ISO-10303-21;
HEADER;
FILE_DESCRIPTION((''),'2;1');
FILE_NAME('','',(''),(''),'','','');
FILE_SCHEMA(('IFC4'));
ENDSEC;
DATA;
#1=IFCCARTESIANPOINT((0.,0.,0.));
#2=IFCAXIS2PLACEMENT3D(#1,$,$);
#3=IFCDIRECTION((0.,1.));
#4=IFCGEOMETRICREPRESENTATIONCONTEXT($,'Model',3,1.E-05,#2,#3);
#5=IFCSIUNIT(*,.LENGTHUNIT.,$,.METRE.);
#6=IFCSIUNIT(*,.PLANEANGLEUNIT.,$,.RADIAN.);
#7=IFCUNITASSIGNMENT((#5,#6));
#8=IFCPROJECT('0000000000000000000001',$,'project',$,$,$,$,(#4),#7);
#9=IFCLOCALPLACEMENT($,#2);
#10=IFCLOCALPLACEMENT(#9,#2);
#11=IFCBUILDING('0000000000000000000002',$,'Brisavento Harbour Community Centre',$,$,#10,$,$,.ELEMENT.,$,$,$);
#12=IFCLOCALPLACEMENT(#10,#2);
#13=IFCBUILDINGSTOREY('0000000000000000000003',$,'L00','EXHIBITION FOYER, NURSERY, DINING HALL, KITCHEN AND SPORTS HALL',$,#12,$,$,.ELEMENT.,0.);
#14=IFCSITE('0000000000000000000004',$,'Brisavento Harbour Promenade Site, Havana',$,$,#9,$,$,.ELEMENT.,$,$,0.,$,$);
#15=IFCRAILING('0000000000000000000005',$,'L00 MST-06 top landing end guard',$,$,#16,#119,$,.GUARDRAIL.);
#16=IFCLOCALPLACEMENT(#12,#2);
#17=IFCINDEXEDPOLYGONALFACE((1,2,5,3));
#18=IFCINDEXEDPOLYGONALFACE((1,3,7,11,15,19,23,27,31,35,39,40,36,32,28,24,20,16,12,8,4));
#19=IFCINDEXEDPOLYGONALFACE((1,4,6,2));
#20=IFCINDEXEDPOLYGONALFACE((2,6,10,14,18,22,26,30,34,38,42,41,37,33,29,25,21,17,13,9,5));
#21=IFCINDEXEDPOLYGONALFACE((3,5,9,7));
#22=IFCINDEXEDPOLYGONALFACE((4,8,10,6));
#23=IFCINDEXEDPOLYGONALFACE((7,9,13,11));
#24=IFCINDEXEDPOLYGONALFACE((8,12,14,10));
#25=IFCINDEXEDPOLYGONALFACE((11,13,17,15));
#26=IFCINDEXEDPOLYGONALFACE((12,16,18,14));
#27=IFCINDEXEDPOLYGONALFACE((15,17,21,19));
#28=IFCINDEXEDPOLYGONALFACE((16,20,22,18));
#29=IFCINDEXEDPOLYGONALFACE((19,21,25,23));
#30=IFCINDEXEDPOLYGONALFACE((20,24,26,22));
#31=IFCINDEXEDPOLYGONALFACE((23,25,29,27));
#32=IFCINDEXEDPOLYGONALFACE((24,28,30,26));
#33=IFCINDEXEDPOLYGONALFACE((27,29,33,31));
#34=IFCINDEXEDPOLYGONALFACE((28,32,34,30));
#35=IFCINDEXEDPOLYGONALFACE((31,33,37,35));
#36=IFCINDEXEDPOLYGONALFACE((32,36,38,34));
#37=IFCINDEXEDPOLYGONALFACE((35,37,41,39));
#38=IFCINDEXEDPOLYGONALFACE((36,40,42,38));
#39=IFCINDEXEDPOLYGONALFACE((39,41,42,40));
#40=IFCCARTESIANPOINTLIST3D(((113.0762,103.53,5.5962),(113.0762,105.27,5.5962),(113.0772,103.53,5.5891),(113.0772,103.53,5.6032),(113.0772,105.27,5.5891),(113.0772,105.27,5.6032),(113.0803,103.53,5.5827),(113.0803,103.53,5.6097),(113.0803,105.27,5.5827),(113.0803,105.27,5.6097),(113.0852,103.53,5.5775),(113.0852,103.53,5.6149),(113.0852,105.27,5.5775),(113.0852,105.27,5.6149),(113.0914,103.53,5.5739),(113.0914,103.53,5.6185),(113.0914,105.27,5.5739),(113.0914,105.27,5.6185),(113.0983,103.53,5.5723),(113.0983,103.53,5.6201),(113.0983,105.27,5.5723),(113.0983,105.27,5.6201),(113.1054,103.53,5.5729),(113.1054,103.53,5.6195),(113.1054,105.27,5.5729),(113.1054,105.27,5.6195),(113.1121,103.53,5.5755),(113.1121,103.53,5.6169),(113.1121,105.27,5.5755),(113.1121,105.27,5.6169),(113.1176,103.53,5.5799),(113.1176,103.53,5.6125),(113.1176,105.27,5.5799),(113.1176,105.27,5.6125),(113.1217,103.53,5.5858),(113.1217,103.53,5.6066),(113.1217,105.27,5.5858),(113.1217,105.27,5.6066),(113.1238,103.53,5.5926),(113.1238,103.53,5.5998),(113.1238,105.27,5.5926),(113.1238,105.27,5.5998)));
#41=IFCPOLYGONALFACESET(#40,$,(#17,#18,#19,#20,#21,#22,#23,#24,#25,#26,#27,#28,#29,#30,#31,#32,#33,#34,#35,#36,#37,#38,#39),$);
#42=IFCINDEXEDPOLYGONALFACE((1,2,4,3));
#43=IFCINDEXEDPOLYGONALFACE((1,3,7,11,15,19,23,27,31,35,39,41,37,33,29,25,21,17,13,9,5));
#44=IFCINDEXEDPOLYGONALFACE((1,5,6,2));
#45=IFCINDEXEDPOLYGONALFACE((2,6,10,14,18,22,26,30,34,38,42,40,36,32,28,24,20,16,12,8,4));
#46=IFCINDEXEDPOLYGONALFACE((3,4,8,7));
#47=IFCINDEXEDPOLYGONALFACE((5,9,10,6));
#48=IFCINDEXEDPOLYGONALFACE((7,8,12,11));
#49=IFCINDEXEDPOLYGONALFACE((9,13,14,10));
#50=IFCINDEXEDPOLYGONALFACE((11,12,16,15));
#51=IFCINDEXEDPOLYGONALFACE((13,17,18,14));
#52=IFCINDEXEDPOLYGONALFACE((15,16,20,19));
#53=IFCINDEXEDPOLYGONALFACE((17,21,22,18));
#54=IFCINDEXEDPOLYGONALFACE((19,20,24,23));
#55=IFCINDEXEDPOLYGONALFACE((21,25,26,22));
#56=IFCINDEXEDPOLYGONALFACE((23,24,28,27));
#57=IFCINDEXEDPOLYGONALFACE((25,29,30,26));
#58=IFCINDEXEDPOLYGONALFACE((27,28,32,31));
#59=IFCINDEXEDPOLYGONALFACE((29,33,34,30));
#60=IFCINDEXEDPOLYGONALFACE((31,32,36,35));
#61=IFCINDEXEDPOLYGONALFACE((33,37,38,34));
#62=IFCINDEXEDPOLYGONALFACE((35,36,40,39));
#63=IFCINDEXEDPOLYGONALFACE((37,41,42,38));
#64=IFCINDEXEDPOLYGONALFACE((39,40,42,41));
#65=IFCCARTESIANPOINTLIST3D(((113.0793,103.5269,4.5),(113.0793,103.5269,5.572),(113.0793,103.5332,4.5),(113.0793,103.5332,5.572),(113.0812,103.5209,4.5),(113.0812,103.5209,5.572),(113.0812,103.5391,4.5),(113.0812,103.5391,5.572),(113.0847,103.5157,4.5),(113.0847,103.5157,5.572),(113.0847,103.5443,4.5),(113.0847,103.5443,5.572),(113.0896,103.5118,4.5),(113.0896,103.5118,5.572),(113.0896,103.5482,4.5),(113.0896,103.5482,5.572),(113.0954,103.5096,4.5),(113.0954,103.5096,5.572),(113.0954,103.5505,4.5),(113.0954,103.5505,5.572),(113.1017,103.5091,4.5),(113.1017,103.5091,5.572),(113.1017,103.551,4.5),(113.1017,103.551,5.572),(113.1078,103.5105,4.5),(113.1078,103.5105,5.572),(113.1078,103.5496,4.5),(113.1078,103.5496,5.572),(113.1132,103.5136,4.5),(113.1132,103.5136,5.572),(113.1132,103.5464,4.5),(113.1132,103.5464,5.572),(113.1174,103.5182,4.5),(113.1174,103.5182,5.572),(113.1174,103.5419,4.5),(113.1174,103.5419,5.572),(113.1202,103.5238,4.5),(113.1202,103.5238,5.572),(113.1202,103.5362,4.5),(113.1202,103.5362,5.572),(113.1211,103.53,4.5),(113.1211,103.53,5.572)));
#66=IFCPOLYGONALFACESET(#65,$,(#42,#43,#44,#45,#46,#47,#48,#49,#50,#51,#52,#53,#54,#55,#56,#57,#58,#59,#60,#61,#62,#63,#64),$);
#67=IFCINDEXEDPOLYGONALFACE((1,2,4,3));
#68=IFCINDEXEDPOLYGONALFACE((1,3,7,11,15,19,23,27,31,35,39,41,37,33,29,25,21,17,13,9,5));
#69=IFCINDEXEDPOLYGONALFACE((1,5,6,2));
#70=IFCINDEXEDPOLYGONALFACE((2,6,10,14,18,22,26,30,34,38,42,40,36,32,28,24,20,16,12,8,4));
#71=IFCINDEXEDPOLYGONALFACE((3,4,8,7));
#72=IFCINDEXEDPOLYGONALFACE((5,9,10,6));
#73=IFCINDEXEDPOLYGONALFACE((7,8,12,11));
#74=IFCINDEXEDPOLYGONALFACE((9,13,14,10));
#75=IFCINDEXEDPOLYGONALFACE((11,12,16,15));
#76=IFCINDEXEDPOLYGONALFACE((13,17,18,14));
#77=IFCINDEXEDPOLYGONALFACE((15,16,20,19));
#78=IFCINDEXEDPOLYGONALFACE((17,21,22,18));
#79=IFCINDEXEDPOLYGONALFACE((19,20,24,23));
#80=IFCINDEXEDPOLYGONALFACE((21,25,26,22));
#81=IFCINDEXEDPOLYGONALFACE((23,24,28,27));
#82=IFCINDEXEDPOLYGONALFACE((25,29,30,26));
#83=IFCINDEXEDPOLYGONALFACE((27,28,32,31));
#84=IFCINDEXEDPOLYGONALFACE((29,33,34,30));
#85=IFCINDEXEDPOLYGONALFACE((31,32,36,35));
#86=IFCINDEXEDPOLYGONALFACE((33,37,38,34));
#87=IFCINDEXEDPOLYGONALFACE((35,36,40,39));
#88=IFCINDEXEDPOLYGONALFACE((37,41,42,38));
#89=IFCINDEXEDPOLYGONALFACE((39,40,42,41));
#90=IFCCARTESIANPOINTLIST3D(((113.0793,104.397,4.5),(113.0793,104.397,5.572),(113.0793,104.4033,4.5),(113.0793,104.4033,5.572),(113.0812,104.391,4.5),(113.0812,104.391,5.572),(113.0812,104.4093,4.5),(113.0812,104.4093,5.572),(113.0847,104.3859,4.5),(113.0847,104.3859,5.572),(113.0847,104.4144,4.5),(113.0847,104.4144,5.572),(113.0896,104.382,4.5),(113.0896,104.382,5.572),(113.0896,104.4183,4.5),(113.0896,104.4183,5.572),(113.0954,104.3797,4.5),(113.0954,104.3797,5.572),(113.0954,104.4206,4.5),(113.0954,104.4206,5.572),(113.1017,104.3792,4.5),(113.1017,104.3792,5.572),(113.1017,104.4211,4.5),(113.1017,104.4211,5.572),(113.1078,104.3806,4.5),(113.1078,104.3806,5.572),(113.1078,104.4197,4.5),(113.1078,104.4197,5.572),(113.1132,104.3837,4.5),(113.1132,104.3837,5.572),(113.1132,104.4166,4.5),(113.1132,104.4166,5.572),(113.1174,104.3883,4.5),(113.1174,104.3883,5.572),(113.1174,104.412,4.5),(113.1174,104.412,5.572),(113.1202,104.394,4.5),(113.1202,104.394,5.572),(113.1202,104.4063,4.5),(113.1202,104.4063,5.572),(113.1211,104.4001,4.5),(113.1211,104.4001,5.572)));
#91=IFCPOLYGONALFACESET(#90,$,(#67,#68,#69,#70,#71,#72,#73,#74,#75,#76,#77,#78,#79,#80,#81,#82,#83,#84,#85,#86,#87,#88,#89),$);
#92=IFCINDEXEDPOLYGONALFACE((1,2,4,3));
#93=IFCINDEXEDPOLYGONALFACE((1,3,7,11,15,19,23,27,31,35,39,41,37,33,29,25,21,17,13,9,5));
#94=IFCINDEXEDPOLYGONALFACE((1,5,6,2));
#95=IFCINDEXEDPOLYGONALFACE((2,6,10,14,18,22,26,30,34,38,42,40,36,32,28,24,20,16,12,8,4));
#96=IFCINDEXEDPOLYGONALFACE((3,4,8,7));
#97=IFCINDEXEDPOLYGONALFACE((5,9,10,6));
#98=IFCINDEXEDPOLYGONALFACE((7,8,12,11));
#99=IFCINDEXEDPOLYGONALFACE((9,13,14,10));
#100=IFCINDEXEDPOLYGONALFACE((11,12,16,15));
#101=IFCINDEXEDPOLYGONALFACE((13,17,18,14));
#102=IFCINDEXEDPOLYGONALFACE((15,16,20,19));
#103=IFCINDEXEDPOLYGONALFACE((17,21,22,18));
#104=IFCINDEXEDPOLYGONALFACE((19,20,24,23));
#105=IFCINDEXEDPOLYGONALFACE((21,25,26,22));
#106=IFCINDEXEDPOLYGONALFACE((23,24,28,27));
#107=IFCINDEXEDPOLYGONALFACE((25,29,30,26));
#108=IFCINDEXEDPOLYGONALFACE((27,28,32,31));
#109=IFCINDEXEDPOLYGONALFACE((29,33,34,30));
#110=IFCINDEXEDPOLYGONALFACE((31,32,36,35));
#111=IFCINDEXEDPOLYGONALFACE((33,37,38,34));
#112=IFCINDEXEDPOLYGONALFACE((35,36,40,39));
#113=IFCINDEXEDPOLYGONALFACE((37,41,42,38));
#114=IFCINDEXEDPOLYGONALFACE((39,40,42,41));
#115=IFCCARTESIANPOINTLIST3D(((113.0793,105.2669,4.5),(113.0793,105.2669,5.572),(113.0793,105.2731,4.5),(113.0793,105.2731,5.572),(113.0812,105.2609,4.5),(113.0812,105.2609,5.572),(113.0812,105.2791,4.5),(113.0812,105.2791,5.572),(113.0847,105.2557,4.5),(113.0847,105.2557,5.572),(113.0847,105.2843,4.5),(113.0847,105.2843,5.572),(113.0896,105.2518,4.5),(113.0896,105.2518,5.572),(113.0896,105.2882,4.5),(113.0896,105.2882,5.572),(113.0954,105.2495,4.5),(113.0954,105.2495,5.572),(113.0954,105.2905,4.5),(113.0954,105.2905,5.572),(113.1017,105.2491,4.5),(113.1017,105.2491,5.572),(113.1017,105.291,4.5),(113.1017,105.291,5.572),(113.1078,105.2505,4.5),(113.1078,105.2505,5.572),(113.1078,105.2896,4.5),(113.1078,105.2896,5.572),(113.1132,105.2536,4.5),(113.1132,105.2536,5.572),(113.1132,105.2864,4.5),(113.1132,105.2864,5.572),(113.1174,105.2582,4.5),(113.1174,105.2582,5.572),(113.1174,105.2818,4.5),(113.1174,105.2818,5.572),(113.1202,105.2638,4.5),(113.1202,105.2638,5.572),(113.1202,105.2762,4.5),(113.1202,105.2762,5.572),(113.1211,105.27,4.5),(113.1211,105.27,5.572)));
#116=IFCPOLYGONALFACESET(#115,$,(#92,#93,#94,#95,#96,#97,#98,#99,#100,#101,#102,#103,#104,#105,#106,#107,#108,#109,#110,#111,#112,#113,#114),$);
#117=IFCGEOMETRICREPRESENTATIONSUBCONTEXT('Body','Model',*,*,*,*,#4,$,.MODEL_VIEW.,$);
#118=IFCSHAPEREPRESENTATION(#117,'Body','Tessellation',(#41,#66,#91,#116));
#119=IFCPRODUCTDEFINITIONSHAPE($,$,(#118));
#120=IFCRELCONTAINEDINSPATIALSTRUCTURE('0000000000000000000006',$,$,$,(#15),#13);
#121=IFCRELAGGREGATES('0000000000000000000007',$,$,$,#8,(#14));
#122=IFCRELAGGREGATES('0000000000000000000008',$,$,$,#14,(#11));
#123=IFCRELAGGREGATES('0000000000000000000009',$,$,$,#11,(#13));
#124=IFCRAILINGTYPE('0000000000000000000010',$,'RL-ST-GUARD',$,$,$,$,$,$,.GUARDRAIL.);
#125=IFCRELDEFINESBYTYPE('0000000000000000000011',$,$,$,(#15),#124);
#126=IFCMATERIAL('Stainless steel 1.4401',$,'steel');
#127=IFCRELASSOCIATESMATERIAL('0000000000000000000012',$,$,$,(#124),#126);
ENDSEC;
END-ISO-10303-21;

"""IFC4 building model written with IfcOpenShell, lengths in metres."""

from ifc_helpers import new_model, si_unit, direction, frame, origin, origin_2d, place, context, subcontext, project, spatial, circle, extrude, material, type_object, element, save


model = new_model("IFC4")

# Units and contexts
model_context = context("Model", 3, precision=1e-05, world=origin(), true_north=direction((0.0, 1.0)))
body_context = subcontext(model_context, "Body", "Model", "MODEL_VIEW")
ifc_project = project(units=[si_unit("LENGTHUNIT", "METRE"), si_unit("PLANEANGLEUNIT", "RADIAN")], contexts=[model_context])

# Site, building, storey
site_placement = place(None, origin())
site = spatial("IfcSite", under=ifc_project, at=site_placement, Name="Brisavento Harbour Promenade Site, Havana", CompositionType="ELEMENT", RefElevation=0.0)
building_placement = place(site_placement, origin())
building = spatial("IfcBuilding", under=site, at=building_placement, Name="Brisavento Harbour Community Centre", CompositionType="ELEMENT")
storey_placement = place(building_placement, origin())
storey = spatial("IfcBuildingStorey", under=building, at=storey_placement, Name="L00", Description="EXHIBITION FOYER, NURSERY, DINING HALL, KITCHEN AND SPORTS HALL", CompositionType="ELEMENT", Elevation=0.0)

# Railing
ifc_material_1 = material(Name="Stainless steel 1.4401", Category="steel")
railing_type = type_object("IfcRailingType", Name="RL-ST-GUARD", PredefinedType="GUARDRAIL", material=ifc_material_1)
railing_1_placement = place(storey_placement, frame((113.1001, 103.53, 4.5)))
element("IfcRailing", 1, at=railing_1_placement, inside=storey, type_object=railing_type, Name="L00 MST-06 top landing end guard", PredefinedType="GUARDRAIL", context=body_context, shape_type="SweptSolid", body=[
    extrude(circle(Radius=0.0239, at=origin_2d()), frame((0.0, 0.0, 1.0962), z_axis=(0.0, 1.0, 0.0), x_axis=(-1.0, 0.0, 0.0)), (0.0, 0.0, 1.0), 1.74),
    extrude(circle(Radius=0.021, at=origin_2d()), origin(), (0.0, 0.0, 1.0), 1.072),
    extrude(circle(Radius=0.021, at=origin_2d()), frame((0.0, 0.8701, 0.0)), (0.0, 0.0, 1.0), 1.072),
    extrude(circle(Radius=0.021, at=origin_2d()), frame((0.0, 1.74, 0.0)), (0.0, 0.0, 1.0), 1.072),
])

save(model, "model.ifc")
